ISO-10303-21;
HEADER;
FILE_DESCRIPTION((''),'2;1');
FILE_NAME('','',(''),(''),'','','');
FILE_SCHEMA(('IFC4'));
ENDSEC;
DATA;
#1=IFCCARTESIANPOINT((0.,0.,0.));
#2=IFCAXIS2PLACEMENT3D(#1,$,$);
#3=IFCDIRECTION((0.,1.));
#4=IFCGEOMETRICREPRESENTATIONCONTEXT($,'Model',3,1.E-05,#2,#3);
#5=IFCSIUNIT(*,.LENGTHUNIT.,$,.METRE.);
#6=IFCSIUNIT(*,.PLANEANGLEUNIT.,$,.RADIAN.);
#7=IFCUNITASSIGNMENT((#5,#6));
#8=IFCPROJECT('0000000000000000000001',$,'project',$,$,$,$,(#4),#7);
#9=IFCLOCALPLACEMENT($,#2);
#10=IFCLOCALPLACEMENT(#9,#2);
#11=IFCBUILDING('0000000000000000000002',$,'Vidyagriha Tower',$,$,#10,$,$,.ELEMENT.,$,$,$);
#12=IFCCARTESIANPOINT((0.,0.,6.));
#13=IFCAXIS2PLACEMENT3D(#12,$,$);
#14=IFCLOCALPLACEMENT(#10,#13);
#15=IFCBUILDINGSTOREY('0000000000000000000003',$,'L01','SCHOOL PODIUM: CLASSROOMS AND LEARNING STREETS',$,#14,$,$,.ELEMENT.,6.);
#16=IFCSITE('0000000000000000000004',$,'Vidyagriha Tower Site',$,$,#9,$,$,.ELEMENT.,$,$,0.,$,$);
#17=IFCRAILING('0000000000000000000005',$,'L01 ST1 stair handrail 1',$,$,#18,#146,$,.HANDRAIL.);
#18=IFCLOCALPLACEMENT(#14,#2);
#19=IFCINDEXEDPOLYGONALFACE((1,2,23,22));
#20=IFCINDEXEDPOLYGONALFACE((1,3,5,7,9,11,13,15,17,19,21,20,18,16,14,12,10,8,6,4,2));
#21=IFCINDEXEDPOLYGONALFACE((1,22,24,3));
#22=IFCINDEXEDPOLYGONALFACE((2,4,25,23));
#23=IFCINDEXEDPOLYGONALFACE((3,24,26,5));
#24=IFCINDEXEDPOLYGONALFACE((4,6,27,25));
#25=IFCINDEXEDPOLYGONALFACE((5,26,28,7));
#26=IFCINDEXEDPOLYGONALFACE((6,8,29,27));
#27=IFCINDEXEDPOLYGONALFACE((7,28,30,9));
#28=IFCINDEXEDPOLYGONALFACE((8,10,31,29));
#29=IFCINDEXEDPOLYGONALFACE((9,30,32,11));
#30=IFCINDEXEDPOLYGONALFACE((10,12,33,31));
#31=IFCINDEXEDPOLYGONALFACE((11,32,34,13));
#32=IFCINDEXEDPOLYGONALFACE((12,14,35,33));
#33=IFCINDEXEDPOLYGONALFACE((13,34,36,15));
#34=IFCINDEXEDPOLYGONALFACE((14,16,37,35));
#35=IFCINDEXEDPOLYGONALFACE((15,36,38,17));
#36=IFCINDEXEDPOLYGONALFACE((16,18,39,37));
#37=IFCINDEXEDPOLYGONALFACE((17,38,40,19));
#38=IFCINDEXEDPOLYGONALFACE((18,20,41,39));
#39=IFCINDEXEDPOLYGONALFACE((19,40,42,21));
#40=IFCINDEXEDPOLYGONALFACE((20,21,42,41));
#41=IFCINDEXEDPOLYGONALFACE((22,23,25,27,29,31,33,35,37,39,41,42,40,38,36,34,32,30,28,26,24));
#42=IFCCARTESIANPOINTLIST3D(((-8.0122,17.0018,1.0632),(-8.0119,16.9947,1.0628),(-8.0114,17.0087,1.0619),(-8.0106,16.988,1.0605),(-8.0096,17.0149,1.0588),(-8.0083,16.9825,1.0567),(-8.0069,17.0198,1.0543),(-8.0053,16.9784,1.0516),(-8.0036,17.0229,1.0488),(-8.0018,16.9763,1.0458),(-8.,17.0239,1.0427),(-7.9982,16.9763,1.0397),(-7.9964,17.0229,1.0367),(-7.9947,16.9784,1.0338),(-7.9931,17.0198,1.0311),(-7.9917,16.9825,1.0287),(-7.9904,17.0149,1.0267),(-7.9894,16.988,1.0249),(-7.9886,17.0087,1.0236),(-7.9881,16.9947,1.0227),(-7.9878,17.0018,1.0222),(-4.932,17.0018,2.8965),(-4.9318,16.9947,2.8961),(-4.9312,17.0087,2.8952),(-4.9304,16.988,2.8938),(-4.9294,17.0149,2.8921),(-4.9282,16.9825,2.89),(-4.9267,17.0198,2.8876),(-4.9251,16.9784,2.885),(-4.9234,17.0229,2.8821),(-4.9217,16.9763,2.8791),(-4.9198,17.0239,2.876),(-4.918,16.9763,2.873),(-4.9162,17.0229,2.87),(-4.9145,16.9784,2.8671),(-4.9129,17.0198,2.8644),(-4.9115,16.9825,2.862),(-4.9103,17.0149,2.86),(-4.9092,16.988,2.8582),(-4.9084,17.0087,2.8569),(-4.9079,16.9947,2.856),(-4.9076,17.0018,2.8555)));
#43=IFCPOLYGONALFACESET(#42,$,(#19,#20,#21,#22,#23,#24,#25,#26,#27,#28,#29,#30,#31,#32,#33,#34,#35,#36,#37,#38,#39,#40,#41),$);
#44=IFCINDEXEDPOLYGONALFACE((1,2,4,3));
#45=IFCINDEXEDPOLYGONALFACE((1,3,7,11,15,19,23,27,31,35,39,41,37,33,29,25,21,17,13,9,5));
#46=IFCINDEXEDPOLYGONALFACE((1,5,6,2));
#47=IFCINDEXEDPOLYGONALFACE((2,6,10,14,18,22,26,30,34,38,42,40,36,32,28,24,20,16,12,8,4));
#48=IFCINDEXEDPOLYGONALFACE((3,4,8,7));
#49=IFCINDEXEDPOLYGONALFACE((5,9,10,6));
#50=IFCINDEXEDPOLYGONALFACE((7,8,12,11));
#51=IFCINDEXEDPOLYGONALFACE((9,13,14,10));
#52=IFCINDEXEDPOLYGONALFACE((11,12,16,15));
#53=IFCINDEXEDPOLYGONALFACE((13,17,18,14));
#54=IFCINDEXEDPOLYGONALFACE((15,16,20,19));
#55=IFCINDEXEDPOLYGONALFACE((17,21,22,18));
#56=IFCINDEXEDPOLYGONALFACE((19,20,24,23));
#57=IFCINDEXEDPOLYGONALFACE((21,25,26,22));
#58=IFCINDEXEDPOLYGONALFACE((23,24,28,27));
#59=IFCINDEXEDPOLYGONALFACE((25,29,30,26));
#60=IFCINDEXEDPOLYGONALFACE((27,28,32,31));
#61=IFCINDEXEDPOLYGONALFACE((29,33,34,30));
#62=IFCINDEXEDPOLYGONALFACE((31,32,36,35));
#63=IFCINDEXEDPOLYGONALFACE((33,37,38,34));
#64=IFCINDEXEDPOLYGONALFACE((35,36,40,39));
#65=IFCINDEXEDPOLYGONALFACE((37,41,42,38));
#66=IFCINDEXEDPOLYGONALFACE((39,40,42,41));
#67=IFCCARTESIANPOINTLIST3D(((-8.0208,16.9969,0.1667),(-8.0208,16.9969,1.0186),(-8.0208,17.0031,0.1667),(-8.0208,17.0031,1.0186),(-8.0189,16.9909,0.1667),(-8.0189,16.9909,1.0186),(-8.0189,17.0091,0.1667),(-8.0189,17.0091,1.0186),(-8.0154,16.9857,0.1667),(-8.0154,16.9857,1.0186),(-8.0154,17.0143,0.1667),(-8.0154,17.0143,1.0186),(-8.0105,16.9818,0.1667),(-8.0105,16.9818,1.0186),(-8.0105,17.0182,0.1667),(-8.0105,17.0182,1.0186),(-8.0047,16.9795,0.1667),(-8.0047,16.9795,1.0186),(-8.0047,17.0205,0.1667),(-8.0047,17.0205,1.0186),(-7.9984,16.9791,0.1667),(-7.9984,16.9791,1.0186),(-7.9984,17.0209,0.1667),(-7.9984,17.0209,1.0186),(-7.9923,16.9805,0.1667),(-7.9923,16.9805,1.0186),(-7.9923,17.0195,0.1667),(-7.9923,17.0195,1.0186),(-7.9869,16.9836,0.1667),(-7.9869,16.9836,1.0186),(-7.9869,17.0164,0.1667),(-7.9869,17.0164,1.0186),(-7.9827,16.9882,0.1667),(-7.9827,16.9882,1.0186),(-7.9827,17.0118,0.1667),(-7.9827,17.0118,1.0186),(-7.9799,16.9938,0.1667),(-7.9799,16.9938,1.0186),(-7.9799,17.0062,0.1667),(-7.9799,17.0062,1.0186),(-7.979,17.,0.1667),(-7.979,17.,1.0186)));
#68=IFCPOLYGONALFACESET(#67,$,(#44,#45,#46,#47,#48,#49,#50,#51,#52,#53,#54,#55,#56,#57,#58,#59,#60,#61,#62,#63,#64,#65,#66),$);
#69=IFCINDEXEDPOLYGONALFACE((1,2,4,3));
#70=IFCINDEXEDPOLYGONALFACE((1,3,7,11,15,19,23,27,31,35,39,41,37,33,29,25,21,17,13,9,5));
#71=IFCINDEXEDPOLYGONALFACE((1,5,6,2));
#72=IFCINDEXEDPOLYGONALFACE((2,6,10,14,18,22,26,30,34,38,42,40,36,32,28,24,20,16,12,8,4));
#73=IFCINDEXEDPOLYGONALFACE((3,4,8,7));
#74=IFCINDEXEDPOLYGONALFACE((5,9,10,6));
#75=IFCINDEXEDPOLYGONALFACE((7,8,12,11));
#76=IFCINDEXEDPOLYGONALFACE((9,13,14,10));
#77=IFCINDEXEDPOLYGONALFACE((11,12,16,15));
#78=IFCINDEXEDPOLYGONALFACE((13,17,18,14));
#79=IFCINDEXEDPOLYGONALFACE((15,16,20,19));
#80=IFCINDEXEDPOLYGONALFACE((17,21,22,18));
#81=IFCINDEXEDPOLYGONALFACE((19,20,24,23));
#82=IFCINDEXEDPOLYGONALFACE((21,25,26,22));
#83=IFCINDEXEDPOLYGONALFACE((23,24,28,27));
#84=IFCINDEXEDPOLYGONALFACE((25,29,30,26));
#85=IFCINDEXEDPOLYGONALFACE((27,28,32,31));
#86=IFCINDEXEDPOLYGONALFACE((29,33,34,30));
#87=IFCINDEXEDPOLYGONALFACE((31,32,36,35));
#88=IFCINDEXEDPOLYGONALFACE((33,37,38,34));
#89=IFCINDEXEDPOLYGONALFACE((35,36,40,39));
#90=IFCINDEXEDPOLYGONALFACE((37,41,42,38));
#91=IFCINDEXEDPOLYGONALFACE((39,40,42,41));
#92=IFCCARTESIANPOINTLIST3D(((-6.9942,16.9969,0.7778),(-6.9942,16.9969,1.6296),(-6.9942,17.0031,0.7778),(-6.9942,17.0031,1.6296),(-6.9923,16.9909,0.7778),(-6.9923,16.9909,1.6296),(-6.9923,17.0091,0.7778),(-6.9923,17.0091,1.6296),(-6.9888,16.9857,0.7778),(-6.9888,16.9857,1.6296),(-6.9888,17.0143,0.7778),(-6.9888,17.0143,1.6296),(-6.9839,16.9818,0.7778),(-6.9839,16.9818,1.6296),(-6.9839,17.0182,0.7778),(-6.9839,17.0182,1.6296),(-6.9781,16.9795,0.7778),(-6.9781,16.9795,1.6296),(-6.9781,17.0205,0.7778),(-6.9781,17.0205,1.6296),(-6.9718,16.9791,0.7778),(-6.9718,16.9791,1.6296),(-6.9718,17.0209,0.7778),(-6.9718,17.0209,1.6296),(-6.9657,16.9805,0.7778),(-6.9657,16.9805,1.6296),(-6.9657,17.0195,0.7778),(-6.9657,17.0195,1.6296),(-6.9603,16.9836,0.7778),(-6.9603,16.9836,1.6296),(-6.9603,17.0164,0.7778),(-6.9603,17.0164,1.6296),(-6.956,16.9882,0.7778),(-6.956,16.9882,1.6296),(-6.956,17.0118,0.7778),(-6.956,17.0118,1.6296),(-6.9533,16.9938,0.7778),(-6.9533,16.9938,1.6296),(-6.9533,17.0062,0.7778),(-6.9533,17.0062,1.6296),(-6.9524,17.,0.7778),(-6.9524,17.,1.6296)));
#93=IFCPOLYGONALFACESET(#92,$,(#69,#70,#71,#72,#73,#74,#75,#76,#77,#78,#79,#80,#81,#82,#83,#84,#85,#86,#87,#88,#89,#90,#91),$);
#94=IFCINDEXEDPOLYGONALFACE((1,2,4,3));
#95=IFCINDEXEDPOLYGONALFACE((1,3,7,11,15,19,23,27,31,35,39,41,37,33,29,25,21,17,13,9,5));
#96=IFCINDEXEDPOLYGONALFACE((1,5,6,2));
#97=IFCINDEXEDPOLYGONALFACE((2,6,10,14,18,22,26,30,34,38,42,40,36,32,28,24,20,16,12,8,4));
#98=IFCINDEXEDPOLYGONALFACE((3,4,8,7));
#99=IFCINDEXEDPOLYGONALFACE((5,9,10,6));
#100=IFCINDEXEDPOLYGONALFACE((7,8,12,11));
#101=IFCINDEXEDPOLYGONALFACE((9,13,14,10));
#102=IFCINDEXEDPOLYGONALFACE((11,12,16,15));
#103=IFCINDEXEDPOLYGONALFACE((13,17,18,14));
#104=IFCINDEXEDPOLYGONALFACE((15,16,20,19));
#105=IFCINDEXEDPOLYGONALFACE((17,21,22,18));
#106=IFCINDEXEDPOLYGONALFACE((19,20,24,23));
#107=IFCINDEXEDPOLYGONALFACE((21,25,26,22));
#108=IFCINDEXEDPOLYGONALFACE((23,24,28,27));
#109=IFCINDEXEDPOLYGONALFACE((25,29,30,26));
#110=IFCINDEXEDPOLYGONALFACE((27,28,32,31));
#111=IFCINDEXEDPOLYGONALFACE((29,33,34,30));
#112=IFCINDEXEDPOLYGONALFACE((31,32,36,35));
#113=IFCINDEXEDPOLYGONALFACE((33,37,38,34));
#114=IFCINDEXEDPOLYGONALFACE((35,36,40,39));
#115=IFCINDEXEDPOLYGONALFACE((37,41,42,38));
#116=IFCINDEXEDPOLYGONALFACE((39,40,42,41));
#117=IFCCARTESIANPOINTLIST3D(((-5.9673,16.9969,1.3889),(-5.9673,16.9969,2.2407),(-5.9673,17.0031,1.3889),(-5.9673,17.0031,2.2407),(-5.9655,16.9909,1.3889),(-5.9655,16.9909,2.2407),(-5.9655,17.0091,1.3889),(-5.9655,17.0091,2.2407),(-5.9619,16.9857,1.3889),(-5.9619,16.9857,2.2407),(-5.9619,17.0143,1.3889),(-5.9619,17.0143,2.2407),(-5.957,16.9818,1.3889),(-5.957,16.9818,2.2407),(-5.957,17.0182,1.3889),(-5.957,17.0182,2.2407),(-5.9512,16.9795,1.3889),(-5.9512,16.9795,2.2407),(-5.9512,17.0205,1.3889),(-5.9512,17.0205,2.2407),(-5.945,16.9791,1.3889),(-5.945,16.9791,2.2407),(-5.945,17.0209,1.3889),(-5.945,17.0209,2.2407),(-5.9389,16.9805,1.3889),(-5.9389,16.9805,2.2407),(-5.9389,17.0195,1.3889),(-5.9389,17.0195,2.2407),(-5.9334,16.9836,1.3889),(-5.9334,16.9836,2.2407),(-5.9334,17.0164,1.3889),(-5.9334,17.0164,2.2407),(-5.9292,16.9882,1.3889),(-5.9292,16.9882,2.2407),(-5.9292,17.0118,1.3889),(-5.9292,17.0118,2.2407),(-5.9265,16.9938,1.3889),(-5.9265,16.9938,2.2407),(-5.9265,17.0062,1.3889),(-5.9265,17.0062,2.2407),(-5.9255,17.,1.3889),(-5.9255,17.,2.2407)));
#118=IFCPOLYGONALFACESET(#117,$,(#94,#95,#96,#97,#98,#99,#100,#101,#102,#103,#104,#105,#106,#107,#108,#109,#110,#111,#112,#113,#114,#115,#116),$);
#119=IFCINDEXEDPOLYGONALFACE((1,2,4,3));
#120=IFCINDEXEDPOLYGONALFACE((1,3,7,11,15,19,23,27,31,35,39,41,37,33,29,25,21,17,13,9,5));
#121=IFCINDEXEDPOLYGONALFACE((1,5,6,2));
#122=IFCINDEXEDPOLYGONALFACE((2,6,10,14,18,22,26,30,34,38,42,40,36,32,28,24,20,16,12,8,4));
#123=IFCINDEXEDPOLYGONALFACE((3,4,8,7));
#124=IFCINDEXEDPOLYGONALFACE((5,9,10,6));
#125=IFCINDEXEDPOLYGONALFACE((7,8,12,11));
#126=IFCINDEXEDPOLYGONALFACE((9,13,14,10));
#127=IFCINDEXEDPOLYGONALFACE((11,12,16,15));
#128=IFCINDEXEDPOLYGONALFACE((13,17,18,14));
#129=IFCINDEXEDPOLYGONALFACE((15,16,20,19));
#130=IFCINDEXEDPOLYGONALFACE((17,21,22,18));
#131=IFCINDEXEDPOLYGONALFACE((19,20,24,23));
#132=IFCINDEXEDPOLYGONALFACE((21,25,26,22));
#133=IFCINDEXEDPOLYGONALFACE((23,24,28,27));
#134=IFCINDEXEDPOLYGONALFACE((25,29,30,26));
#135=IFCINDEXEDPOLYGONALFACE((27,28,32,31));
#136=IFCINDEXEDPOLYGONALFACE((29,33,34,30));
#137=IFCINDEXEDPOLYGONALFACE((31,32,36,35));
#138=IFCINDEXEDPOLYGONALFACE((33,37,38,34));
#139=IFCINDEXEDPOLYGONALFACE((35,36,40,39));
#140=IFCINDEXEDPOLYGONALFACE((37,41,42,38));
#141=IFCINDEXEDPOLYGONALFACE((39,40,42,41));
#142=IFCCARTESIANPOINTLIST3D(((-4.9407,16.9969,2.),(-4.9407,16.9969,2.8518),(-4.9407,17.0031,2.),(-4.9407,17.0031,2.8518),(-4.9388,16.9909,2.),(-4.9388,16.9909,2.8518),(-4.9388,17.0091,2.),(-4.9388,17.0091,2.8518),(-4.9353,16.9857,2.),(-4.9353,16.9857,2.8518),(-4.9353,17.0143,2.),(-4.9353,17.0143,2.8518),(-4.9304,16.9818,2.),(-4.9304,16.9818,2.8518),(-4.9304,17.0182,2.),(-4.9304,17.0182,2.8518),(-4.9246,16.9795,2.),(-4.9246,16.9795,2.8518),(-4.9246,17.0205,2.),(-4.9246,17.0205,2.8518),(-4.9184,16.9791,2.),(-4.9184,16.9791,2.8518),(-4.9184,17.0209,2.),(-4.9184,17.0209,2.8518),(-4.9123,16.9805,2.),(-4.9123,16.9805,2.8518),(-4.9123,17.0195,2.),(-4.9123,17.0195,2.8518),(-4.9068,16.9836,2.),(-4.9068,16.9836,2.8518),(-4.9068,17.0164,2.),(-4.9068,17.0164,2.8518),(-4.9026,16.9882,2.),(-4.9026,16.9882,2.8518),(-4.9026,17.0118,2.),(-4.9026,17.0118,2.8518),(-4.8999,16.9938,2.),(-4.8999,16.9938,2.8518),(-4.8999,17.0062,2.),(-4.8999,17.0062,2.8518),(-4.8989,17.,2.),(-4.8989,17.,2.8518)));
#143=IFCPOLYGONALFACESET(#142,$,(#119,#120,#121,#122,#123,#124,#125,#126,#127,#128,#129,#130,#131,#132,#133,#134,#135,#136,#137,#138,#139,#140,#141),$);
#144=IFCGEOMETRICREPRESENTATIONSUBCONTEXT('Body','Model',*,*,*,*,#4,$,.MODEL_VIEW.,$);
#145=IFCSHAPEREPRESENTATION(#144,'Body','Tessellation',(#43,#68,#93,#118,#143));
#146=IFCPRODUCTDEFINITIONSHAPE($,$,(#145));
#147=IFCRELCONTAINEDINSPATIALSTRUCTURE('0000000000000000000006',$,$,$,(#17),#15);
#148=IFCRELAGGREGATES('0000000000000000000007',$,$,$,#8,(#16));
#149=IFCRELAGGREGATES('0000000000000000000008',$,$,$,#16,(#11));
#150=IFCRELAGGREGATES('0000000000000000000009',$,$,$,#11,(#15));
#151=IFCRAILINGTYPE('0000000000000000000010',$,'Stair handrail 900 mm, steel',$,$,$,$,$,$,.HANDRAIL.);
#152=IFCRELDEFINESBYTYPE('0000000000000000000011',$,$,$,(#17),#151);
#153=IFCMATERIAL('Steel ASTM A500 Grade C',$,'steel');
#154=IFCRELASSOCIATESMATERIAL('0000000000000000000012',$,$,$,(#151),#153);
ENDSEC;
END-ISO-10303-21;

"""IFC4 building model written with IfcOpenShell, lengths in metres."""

from ifc_helpers import new_model, si_unit, direction, frame, origin, origin_2d, place, context, subcontext, project, spatial, circle, extrude, material, type_object, element, save


model = new_model("IFC4")

# Units and contexts
model_context = context("Model", 3, precision=1e-05, world=origin(), true_north=direction((0.0, 1.0)))
body_context = subcontext(model_context, "Body", "Model", "MODEL_VIEW")
ifc_project = project(units=[si_unit("LENGTHUNIT", "METRE"), si_unit("PLANEANGLEUNIT", "RADIAN")], contexts=[model_context])

# Site, building, storey
site_placement = place(None, origin())
site = spatial("IfcSite", under=ifc_project, at=site_placement, Name="Vidyagriha Tower Site", CompositionType="ELEMENT", RefElevation=0.0)
building_placement = place(site_placement, origin())
building = spatial("IfcBuilding", under=site, at=building_placement, Name="Vidyagriha Tower", CompositionType="ELEMENT")
storey_placement = place(building_placement, frame((0.0, 0.0, 6.0)))
storey = spatial("IfcBuildingStorey", under=building, at=storey_placement, Name="L01", Description="SCHOOL PODIUM: CLASSROOMS AND LEARNING STREETS", CompositionType="ELEMENT", Elevation=6.0)

# Railing
ifc_material_1 = material(Name="Steel ASTM A500 Grade C", Category="steel")
railing_type_1 = type_object("IfcRailingType", Name="Stair handrail 900 mm, steel", PredefinedType="HANDRAIL", material=ifc_material_1)
railing_1_placement = place(storey_placement, frame((-8.0, 17.0, 0.1667)))
element("IfcRailing", 1, at=railing_1_placement, inside=storey, type_object=railing_type_1, Name="L01 ST1 stair handrail 1", PredefinedType="HANDRAIL", context=body_context, shape_type="SweptSolid", body=[
    extrude(circle(Radius=0.0239, at=origin_2d()), frame((0.0, 0.0, 0.876), z_axis=(0.859309, 0.0, 0.511458), x_axis=(0.0, 1.0, 0.0)), (0.0, 0.0, 1.0), 3.5845),
    extrude(circle(Radius=0.021, at=origin_2d()), origin(), (0.0, 0.0, 1.0), 0.8518),
    extrude(circle(Radius=0.021, at=origin_2d()), frame((1.0266, 0.0, 0.6111)), (0.0, 0.0, 1.0), 0.8518),
    extrude(circle(Radius=0.021, at=origin_2d()), frame((2.0535, 0.0, 1.2222)), (0.0, 0.0, 1.0), 0.8518),
    extrude(circle(Radius=0.021, at=origin_2d()), frame((3.0801, 0.0, 1.8333)), (0.0, 0.0, 1.0), 0.8518),
])

save(model, "model.ifc")
